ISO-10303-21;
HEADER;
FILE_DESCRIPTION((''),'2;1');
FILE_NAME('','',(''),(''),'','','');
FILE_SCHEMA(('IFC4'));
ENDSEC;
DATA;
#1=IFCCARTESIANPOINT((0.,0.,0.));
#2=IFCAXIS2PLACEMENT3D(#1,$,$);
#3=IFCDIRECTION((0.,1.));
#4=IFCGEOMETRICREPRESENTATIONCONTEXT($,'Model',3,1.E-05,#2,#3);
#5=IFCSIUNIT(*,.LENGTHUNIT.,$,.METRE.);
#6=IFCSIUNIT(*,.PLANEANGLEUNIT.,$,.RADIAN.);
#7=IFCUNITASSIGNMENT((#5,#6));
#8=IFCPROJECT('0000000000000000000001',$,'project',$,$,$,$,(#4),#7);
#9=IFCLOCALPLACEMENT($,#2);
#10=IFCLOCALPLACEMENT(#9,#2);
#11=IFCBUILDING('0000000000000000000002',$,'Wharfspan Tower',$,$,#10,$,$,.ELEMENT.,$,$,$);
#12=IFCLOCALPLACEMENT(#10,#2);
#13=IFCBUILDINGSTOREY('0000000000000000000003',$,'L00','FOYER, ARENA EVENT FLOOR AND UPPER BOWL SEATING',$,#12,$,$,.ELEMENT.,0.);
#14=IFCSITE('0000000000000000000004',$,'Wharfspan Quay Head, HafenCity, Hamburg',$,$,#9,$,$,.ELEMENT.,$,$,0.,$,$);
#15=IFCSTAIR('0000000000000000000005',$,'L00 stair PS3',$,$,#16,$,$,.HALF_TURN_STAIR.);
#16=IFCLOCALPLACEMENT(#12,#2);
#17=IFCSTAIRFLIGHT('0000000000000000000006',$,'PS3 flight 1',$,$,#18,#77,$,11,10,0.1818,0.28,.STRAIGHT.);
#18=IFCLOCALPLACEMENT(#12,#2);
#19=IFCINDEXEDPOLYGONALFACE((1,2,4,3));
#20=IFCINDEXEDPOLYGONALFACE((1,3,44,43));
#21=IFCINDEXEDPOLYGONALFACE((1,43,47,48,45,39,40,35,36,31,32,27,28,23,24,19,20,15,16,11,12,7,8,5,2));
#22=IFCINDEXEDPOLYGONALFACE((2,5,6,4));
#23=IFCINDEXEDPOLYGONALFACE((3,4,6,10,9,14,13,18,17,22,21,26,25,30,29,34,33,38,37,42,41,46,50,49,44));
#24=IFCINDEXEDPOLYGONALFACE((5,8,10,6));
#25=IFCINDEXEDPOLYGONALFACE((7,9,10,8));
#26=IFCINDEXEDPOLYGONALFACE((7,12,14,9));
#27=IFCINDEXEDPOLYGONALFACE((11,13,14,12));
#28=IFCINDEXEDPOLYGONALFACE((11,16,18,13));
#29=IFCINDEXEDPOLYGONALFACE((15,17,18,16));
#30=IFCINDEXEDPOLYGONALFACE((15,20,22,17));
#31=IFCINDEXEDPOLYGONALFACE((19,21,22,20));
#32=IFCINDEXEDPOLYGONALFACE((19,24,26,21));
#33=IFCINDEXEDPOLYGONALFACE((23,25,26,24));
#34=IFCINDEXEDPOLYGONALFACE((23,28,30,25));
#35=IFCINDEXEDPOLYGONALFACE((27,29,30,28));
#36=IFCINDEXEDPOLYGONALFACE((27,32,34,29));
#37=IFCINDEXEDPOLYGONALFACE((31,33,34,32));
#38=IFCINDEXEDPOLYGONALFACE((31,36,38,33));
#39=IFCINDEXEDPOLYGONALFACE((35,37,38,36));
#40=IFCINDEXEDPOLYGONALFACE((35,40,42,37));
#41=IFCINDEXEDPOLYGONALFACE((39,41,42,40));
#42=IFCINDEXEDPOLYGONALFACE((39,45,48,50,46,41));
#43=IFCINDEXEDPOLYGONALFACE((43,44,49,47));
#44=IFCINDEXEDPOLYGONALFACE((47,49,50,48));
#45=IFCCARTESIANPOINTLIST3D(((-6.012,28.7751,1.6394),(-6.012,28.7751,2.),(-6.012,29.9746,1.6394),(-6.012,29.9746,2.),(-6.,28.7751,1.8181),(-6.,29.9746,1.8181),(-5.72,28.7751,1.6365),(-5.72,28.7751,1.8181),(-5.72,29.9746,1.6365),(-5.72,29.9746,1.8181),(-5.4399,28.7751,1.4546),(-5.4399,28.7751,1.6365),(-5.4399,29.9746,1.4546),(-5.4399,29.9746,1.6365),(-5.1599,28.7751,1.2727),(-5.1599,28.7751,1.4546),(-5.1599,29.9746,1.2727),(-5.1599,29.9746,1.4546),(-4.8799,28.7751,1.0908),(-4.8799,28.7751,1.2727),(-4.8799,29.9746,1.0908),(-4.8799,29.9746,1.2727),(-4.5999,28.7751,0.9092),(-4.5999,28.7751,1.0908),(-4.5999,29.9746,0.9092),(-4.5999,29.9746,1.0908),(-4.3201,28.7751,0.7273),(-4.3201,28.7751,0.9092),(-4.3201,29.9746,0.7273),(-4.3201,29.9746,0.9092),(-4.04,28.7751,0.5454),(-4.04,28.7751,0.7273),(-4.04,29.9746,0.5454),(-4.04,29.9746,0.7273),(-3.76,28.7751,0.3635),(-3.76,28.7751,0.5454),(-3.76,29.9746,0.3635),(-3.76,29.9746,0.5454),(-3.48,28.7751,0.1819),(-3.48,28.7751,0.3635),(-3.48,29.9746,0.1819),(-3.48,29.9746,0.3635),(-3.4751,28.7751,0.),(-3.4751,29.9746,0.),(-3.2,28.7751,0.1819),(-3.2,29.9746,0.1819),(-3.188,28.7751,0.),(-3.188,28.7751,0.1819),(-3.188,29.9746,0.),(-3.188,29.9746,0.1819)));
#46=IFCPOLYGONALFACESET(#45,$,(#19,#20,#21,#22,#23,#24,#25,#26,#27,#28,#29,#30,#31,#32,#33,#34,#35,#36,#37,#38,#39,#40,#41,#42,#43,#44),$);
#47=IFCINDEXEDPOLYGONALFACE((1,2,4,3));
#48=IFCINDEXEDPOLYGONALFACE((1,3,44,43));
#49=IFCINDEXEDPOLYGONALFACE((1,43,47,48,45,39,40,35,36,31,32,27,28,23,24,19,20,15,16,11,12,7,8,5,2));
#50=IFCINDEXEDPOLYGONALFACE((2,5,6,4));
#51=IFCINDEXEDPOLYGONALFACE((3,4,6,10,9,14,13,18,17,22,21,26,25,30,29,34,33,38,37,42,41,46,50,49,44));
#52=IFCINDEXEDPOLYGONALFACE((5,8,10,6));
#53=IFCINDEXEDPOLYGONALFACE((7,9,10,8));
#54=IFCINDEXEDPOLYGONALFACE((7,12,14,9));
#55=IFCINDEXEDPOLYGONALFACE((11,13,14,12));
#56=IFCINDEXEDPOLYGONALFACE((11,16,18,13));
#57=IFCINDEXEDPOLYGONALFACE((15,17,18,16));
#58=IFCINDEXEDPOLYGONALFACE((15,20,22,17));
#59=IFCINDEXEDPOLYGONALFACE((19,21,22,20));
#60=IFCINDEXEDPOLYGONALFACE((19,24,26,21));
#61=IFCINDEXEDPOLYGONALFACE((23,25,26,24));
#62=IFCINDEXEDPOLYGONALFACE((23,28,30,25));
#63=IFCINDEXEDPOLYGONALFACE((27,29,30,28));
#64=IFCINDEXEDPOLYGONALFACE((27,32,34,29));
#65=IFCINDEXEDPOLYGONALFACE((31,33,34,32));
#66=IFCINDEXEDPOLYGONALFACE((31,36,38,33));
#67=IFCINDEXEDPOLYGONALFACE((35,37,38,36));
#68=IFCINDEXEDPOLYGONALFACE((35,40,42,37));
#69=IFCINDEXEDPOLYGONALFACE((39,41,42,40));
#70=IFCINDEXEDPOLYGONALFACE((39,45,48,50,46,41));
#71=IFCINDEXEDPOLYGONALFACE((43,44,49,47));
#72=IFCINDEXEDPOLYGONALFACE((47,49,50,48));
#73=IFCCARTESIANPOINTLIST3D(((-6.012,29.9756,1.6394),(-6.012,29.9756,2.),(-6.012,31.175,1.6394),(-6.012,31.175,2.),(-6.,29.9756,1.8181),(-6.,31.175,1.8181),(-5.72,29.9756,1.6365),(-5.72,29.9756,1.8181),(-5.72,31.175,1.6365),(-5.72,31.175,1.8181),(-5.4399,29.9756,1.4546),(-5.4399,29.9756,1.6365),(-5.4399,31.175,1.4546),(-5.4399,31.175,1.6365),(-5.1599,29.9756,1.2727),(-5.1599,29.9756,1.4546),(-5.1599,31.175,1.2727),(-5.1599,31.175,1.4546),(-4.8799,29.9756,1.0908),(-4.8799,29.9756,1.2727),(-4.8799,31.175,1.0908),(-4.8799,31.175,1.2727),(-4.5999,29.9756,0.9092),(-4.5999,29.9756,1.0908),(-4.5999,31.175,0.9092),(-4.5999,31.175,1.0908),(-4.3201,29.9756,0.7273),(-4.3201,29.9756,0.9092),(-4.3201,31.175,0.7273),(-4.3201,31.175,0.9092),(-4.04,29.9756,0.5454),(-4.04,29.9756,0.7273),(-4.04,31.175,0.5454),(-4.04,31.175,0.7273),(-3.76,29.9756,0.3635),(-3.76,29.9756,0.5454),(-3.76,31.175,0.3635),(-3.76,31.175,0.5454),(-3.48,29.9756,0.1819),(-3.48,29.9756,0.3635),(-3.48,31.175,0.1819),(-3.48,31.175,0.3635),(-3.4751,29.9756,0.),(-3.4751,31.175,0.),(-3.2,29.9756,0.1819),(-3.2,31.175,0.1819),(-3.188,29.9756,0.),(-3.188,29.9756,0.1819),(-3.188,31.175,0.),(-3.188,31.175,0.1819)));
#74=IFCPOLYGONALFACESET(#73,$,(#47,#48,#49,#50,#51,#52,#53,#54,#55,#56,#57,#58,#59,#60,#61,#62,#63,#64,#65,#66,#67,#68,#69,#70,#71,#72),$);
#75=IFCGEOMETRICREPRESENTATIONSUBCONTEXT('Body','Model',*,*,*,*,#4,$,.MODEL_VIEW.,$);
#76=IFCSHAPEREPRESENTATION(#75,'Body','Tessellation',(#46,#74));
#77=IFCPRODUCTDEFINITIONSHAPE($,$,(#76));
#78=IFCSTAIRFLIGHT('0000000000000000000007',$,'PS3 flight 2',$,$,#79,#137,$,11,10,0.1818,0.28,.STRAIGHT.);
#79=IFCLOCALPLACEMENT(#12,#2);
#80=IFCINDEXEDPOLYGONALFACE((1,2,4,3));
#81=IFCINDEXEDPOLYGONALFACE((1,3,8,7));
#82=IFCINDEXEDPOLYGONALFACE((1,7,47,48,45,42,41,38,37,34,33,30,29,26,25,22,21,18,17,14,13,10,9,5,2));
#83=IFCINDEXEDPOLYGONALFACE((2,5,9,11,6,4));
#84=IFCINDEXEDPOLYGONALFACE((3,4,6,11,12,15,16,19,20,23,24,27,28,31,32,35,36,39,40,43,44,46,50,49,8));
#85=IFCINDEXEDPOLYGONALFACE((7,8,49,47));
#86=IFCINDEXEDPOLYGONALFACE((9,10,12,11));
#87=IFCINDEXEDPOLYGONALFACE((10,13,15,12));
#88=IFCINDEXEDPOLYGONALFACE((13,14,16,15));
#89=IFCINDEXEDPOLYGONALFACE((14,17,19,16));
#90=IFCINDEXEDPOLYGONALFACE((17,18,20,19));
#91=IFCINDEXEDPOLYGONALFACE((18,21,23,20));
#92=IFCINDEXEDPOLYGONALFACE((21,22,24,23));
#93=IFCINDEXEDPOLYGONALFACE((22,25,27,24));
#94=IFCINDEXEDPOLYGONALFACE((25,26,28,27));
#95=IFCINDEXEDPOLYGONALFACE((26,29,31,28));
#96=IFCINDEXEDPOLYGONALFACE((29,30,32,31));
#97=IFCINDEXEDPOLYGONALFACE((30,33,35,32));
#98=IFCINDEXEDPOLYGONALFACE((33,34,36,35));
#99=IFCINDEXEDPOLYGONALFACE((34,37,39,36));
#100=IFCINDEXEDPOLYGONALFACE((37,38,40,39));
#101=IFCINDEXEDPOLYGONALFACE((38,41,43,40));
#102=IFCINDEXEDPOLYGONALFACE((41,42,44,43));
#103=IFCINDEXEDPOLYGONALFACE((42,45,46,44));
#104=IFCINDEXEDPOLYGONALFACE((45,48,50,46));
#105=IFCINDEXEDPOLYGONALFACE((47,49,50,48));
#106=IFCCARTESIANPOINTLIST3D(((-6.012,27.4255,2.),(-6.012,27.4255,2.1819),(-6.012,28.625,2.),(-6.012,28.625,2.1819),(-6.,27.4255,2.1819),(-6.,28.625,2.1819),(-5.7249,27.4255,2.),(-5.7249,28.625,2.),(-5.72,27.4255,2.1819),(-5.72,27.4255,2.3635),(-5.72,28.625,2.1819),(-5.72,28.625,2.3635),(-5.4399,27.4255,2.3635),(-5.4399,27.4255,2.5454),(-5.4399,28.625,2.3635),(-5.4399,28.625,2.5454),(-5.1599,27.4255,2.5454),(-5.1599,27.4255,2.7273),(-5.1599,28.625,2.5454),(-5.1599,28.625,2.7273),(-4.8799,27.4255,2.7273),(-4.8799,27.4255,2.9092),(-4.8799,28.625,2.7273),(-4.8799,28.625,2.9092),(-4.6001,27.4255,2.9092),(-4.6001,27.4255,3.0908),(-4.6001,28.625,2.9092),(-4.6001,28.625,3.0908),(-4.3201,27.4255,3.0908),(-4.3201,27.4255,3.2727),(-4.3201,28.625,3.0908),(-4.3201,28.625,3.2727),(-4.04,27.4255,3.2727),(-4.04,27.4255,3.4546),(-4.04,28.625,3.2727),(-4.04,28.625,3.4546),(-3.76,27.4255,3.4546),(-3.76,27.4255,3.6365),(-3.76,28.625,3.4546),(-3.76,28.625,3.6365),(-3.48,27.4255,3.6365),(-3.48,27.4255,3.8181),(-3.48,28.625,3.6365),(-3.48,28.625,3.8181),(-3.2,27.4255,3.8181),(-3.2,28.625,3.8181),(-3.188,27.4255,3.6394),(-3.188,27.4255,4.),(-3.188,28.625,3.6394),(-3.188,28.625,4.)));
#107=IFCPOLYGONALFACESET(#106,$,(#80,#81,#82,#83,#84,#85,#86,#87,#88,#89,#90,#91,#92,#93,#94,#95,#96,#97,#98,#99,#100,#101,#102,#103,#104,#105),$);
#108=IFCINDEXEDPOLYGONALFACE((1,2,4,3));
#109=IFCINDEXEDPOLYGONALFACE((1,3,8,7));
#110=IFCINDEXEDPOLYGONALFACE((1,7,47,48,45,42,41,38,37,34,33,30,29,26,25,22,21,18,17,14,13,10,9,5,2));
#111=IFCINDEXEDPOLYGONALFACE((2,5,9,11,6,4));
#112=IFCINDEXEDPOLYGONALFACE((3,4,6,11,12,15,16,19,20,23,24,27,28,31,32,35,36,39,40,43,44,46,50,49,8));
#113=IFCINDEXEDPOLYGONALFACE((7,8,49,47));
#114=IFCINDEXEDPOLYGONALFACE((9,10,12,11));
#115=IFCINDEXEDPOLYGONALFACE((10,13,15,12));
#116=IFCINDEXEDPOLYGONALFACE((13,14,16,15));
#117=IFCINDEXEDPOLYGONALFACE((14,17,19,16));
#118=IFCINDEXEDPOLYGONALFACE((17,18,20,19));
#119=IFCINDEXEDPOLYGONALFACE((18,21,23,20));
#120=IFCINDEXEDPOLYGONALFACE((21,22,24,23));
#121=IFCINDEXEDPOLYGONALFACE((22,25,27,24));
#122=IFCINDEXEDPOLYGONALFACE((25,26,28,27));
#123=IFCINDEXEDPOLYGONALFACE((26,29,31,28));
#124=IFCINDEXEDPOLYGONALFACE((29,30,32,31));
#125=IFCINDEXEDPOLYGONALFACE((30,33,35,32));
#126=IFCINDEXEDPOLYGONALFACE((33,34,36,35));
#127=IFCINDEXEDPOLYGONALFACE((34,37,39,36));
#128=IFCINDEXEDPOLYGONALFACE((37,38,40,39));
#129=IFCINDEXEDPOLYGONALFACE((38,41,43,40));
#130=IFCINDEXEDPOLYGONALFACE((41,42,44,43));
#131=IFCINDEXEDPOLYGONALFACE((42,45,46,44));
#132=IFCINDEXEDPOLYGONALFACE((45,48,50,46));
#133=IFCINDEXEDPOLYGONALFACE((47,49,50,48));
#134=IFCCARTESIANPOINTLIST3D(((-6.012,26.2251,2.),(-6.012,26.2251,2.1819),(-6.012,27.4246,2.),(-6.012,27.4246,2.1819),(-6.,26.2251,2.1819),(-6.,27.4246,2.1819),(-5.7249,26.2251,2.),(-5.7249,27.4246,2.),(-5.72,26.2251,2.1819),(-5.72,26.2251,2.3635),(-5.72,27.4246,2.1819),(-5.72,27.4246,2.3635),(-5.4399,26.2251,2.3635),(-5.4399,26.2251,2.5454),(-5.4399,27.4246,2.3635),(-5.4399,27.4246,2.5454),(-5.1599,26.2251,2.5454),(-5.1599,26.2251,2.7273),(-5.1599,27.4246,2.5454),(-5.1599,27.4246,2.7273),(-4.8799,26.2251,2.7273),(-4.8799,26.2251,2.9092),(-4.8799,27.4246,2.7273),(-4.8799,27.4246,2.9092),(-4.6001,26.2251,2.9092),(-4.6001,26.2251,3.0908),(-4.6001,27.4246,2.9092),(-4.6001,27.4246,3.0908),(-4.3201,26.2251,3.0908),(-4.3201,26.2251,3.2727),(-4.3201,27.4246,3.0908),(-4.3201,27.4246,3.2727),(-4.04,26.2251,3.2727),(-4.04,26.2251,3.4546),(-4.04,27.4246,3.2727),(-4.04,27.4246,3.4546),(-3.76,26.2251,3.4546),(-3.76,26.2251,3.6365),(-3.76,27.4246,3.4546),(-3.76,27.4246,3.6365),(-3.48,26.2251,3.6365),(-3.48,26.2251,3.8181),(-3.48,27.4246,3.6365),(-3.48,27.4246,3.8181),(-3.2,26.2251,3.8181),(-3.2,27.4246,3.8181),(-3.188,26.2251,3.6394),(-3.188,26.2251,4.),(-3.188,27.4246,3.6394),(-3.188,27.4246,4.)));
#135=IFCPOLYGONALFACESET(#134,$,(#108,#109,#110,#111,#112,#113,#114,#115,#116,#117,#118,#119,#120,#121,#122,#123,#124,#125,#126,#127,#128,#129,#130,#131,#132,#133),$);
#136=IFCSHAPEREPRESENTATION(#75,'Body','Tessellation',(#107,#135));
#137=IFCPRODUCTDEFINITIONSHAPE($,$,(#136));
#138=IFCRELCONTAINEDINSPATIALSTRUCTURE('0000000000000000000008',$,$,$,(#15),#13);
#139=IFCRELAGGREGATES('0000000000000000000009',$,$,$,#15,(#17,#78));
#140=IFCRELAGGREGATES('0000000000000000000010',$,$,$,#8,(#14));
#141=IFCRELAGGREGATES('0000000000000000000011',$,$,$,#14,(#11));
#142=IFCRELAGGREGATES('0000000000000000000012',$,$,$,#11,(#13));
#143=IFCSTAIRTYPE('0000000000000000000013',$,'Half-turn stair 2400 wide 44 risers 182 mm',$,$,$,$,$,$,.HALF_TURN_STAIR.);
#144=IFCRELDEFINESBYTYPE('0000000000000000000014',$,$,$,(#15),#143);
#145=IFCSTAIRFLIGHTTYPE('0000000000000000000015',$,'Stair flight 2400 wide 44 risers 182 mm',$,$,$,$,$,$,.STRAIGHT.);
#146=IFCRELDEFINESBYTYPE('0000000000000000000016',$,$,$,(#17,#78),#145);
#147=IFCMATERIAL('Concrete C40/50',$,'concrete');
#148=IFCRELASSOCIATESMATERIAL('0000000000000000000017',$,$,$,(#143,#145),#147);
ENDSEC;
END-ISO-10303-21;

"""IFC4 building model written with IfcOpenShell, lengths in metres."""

from ifc_helpers import new_model, si_unit, direction, frame, origin, place, context, subcontext, project, spatial, polyline, outline, extrude, material, type_object, element, aggregate, save


model = new_model("IFC4")

# Units and contexts
model_context = context("Model", 3, precision=1e-05, world=origin(), true_north=direction((0.0, 1.0)))
body_context = subcontext(model_context, "Body", "Model", "MODEL_VIEW")
ifc_project = project(units=[si_unit("LENGTHUNIT", "METRE"), si_unit("PLANEANGLEUNIT", "RADIAN")], contexts=[model_context])

# Site, building, storey
site_placement = place(None, origin())
site = spatial("IfcSite", under=ifc_project, at=site_placement, Name="Wharfspan Quay Head, HafenCity, Hamburg", CompositionType="ELEMENT", RefElevation=0.0)
building_placement = place(site_placement, origin())
building = spatial("IfcBuilding", under=site, at=building_placement, Name="Wharfspan Tower", CompositionType="ELEMENT")
storey_placement = place(building_placement, origin())
storey = spatial("IfcBuildingStorey", under=building, at=storey_placement, Name="L00", Description="FOYER, ARENA EVENT FLOOR AND UPPER BOWL SEATING", CompositionType="ELEMENT", Elevation=0.0)

# Shared definitions
ifc_material_1 = material(Name="Concrete C40/50", Category="concrete")

# Shared definitions
stair_type = type_object("IfcStairType", Name="Half-turn stair 2400 wide 44 risers 182 mm", PredefinedType="HALF_TURN_STAIR", material=ifc_material_1)
stair_flight_type = type_object("IfcStairFlightType", Name="Stair flight 2400 wide 44 risers 182 mm", PredefinedType="STRAIGHT", material=ifc_material_1)

# Stair, stair flights
stair_1_placement = place(storey_placement, origin())
stair_1 = element("IfcStair", 1, at=stair_1_placement, inside=storey, type_object=stair_type, Name="L00 stair PS3", PredefinedType="HALF_TURN_STAIR")
stair_flight_1_placement = place(storey_placement, frame((-3.2, 29.9751, 0.0), z_axis=(0.0, 0.0, 1.0), x_axis=(-1.0, 0.0, 0.0)))
stair_flight_1 = element("IfcStairFlight", 2, at=stair_flight_1_placement, type_object=stair_flight_type, Name="PS3 flight 1", NumberOfRisers=11, NumberOfTreads=10, PredefinedType="STRAIGHT", RiserHeight=0.1818, TreadLength=0.28, context=body_context, shape_type="SweptSolid", body=[
    extrude(outline(polyline([(-0.012, 0.0), (-0.012, 0.1819), (0.0, 0.1819), (0.28, 0.1819), (0.28, 0.3635), (0.5601, 0.3635), (0.5601, 0.5454), (0.8401, 0.5454), (0.8401, 0.7273), (1.1201, 0.7273), (1.1201, 0.9092), (1.3999, 0.9092), (1.3999, 1.0908), (1.6799, 1.0908), (1.6799, 1.2727), (1.96, 1.2727), (1.96, 1.4546), (2.24, 1.4546), (2.24, 1.6365), (2.52, 1.6365), (2.52, 1.8181), (2.8, 1.8181), (2.812, 2.0), (2.812, 1.6394), (0.2751, 0.0), (-0.012, 0.0)])), frame((0.0, 1.2, 0.0), z_axis=(0.0, -1.0, 0.0), x_axis=(1.0, 0.0, 0.0)), (0.0, 0.0, 1.0), 1.1995),
    extrude(outline(polyline([(-0.012, 0.0), (-0.012, 0.1819), (0.0, 0.1819), (0.28, 0.1819), (0.28, 0.3635), (0.5601, 0.3635), (0.5601, 0.5454), (0.8401, 0.5454), (0.8401, 0.7273), (1.1201, 0.7273), (1.1201, 0.9092), (1.3999, 0.9092), (1.3999, 1.0908), (1.6799, 1.0908), (1.6799, 1.2727), (1.96, 1.2727), (1.96, 1.4546), (2.24, 1.4546), (2.24, 1.6365), (2.52, 1.6365), (2.52, 1.8181), (2.8, 1.8181), (2.812, 2.0), (2.812, 1.6394), (0.2751, 0.0), (-0.012, 0.0)])), frame((0.0, -0.0005, 0.0), z_axis=(0.0, -1.0, 0.0), x_axis=(1.0, 0.0, 0.0)), (0.0, 0.0, 1.0), 1.1995),
])
stair_flight_2_placement = place(storey_placement, frame((-6.0, 27.425, 2.0), z_axis=(0.0, 0.0, 1.0), x_axis=(1.0, 0.0, 0.0)))
stair_flight_2 = element("IfcStairFlight", 3, at=stair_flight_2_placement, type_object=stair_flight_type, Name="PS3 flight 2", NumberOfRisers=11, NumberOfTreads=10, PredefinedType="STRAIGHT", RiserHeight=0.1818, TreadLength=0.28, context=body_context, shape_type="SweptSolid", body=[
    extrude(outline(polyline([(-0.012, 0.0), (-0.012, 0.1819), (0.0, 0.1819), (0.28, 0.1819), (0.28, 0.3635), (0.5601, 0.3635), (0.5601, 0.5454), (0.8401, 0.5454), (0.8401, 0.7273), (1.1201, 0.7273), (1.1201, 0.9092), (1.3999, 0.9092), (1.3999, 1.0908), (1.6799, 1.0908), (1.6799, 1.2727), (1.96, 1.2727), (1.96, 1.4546), (2.24, 1.4546), (2.24, 1.6365), (2.52, 1.6365), (2.52, 1.8181), (2.8, 1.8181), (2.812, 2.0), (2.812, 1.6394), (0.2751, 0.0), (-0.012, 0.0)])), frame((0.0, 1.2, 0.0), z_axis=(0.0, -1.0, 0.0), x_axis=(1.0, 0.0, 0.0)), (0.0, 0.0, 1.0), 1.1995),
    extrude(outline(polyline([(-0.012, 0.0), (-0.012, 0.1819), (0.0, 0.1819), (0.28, 0.1819), (0.28, 0.3635), (0.5601, 0.3635), (0.5601, 0.5454), (0.8401, 0.5454), (0.8401, 0.7273), (1.1201, 0.7273), (1.1201, 0.9092), (1.3999, 0.9092), (1.3999, 1.0908), (1.6799, 1.0908), (1.6799, 1.2727), (1.96, 1.2727), (1.96, 1.4546), (2.24, 1.4546), (2.24, 1.6365), (2.52, 1.6365), (2.52, 1.8181), (2.8, 1.8181), (2.812, 2.0), (2.812, 1.6394), (0.2751, 0.0), (-0.012, 0.0)])), frame((0.0, -0.0005, 0.0), z_axis=(0.0, -1.0, 0.0), x_axis=(1.0, 0.0, 0.0)), (0.0, 0.0, 1.0), 1.1995),
])
aggregate(stair_1, [stair_flight_1, stair_flight_2])

save(model, "model.ifc")
